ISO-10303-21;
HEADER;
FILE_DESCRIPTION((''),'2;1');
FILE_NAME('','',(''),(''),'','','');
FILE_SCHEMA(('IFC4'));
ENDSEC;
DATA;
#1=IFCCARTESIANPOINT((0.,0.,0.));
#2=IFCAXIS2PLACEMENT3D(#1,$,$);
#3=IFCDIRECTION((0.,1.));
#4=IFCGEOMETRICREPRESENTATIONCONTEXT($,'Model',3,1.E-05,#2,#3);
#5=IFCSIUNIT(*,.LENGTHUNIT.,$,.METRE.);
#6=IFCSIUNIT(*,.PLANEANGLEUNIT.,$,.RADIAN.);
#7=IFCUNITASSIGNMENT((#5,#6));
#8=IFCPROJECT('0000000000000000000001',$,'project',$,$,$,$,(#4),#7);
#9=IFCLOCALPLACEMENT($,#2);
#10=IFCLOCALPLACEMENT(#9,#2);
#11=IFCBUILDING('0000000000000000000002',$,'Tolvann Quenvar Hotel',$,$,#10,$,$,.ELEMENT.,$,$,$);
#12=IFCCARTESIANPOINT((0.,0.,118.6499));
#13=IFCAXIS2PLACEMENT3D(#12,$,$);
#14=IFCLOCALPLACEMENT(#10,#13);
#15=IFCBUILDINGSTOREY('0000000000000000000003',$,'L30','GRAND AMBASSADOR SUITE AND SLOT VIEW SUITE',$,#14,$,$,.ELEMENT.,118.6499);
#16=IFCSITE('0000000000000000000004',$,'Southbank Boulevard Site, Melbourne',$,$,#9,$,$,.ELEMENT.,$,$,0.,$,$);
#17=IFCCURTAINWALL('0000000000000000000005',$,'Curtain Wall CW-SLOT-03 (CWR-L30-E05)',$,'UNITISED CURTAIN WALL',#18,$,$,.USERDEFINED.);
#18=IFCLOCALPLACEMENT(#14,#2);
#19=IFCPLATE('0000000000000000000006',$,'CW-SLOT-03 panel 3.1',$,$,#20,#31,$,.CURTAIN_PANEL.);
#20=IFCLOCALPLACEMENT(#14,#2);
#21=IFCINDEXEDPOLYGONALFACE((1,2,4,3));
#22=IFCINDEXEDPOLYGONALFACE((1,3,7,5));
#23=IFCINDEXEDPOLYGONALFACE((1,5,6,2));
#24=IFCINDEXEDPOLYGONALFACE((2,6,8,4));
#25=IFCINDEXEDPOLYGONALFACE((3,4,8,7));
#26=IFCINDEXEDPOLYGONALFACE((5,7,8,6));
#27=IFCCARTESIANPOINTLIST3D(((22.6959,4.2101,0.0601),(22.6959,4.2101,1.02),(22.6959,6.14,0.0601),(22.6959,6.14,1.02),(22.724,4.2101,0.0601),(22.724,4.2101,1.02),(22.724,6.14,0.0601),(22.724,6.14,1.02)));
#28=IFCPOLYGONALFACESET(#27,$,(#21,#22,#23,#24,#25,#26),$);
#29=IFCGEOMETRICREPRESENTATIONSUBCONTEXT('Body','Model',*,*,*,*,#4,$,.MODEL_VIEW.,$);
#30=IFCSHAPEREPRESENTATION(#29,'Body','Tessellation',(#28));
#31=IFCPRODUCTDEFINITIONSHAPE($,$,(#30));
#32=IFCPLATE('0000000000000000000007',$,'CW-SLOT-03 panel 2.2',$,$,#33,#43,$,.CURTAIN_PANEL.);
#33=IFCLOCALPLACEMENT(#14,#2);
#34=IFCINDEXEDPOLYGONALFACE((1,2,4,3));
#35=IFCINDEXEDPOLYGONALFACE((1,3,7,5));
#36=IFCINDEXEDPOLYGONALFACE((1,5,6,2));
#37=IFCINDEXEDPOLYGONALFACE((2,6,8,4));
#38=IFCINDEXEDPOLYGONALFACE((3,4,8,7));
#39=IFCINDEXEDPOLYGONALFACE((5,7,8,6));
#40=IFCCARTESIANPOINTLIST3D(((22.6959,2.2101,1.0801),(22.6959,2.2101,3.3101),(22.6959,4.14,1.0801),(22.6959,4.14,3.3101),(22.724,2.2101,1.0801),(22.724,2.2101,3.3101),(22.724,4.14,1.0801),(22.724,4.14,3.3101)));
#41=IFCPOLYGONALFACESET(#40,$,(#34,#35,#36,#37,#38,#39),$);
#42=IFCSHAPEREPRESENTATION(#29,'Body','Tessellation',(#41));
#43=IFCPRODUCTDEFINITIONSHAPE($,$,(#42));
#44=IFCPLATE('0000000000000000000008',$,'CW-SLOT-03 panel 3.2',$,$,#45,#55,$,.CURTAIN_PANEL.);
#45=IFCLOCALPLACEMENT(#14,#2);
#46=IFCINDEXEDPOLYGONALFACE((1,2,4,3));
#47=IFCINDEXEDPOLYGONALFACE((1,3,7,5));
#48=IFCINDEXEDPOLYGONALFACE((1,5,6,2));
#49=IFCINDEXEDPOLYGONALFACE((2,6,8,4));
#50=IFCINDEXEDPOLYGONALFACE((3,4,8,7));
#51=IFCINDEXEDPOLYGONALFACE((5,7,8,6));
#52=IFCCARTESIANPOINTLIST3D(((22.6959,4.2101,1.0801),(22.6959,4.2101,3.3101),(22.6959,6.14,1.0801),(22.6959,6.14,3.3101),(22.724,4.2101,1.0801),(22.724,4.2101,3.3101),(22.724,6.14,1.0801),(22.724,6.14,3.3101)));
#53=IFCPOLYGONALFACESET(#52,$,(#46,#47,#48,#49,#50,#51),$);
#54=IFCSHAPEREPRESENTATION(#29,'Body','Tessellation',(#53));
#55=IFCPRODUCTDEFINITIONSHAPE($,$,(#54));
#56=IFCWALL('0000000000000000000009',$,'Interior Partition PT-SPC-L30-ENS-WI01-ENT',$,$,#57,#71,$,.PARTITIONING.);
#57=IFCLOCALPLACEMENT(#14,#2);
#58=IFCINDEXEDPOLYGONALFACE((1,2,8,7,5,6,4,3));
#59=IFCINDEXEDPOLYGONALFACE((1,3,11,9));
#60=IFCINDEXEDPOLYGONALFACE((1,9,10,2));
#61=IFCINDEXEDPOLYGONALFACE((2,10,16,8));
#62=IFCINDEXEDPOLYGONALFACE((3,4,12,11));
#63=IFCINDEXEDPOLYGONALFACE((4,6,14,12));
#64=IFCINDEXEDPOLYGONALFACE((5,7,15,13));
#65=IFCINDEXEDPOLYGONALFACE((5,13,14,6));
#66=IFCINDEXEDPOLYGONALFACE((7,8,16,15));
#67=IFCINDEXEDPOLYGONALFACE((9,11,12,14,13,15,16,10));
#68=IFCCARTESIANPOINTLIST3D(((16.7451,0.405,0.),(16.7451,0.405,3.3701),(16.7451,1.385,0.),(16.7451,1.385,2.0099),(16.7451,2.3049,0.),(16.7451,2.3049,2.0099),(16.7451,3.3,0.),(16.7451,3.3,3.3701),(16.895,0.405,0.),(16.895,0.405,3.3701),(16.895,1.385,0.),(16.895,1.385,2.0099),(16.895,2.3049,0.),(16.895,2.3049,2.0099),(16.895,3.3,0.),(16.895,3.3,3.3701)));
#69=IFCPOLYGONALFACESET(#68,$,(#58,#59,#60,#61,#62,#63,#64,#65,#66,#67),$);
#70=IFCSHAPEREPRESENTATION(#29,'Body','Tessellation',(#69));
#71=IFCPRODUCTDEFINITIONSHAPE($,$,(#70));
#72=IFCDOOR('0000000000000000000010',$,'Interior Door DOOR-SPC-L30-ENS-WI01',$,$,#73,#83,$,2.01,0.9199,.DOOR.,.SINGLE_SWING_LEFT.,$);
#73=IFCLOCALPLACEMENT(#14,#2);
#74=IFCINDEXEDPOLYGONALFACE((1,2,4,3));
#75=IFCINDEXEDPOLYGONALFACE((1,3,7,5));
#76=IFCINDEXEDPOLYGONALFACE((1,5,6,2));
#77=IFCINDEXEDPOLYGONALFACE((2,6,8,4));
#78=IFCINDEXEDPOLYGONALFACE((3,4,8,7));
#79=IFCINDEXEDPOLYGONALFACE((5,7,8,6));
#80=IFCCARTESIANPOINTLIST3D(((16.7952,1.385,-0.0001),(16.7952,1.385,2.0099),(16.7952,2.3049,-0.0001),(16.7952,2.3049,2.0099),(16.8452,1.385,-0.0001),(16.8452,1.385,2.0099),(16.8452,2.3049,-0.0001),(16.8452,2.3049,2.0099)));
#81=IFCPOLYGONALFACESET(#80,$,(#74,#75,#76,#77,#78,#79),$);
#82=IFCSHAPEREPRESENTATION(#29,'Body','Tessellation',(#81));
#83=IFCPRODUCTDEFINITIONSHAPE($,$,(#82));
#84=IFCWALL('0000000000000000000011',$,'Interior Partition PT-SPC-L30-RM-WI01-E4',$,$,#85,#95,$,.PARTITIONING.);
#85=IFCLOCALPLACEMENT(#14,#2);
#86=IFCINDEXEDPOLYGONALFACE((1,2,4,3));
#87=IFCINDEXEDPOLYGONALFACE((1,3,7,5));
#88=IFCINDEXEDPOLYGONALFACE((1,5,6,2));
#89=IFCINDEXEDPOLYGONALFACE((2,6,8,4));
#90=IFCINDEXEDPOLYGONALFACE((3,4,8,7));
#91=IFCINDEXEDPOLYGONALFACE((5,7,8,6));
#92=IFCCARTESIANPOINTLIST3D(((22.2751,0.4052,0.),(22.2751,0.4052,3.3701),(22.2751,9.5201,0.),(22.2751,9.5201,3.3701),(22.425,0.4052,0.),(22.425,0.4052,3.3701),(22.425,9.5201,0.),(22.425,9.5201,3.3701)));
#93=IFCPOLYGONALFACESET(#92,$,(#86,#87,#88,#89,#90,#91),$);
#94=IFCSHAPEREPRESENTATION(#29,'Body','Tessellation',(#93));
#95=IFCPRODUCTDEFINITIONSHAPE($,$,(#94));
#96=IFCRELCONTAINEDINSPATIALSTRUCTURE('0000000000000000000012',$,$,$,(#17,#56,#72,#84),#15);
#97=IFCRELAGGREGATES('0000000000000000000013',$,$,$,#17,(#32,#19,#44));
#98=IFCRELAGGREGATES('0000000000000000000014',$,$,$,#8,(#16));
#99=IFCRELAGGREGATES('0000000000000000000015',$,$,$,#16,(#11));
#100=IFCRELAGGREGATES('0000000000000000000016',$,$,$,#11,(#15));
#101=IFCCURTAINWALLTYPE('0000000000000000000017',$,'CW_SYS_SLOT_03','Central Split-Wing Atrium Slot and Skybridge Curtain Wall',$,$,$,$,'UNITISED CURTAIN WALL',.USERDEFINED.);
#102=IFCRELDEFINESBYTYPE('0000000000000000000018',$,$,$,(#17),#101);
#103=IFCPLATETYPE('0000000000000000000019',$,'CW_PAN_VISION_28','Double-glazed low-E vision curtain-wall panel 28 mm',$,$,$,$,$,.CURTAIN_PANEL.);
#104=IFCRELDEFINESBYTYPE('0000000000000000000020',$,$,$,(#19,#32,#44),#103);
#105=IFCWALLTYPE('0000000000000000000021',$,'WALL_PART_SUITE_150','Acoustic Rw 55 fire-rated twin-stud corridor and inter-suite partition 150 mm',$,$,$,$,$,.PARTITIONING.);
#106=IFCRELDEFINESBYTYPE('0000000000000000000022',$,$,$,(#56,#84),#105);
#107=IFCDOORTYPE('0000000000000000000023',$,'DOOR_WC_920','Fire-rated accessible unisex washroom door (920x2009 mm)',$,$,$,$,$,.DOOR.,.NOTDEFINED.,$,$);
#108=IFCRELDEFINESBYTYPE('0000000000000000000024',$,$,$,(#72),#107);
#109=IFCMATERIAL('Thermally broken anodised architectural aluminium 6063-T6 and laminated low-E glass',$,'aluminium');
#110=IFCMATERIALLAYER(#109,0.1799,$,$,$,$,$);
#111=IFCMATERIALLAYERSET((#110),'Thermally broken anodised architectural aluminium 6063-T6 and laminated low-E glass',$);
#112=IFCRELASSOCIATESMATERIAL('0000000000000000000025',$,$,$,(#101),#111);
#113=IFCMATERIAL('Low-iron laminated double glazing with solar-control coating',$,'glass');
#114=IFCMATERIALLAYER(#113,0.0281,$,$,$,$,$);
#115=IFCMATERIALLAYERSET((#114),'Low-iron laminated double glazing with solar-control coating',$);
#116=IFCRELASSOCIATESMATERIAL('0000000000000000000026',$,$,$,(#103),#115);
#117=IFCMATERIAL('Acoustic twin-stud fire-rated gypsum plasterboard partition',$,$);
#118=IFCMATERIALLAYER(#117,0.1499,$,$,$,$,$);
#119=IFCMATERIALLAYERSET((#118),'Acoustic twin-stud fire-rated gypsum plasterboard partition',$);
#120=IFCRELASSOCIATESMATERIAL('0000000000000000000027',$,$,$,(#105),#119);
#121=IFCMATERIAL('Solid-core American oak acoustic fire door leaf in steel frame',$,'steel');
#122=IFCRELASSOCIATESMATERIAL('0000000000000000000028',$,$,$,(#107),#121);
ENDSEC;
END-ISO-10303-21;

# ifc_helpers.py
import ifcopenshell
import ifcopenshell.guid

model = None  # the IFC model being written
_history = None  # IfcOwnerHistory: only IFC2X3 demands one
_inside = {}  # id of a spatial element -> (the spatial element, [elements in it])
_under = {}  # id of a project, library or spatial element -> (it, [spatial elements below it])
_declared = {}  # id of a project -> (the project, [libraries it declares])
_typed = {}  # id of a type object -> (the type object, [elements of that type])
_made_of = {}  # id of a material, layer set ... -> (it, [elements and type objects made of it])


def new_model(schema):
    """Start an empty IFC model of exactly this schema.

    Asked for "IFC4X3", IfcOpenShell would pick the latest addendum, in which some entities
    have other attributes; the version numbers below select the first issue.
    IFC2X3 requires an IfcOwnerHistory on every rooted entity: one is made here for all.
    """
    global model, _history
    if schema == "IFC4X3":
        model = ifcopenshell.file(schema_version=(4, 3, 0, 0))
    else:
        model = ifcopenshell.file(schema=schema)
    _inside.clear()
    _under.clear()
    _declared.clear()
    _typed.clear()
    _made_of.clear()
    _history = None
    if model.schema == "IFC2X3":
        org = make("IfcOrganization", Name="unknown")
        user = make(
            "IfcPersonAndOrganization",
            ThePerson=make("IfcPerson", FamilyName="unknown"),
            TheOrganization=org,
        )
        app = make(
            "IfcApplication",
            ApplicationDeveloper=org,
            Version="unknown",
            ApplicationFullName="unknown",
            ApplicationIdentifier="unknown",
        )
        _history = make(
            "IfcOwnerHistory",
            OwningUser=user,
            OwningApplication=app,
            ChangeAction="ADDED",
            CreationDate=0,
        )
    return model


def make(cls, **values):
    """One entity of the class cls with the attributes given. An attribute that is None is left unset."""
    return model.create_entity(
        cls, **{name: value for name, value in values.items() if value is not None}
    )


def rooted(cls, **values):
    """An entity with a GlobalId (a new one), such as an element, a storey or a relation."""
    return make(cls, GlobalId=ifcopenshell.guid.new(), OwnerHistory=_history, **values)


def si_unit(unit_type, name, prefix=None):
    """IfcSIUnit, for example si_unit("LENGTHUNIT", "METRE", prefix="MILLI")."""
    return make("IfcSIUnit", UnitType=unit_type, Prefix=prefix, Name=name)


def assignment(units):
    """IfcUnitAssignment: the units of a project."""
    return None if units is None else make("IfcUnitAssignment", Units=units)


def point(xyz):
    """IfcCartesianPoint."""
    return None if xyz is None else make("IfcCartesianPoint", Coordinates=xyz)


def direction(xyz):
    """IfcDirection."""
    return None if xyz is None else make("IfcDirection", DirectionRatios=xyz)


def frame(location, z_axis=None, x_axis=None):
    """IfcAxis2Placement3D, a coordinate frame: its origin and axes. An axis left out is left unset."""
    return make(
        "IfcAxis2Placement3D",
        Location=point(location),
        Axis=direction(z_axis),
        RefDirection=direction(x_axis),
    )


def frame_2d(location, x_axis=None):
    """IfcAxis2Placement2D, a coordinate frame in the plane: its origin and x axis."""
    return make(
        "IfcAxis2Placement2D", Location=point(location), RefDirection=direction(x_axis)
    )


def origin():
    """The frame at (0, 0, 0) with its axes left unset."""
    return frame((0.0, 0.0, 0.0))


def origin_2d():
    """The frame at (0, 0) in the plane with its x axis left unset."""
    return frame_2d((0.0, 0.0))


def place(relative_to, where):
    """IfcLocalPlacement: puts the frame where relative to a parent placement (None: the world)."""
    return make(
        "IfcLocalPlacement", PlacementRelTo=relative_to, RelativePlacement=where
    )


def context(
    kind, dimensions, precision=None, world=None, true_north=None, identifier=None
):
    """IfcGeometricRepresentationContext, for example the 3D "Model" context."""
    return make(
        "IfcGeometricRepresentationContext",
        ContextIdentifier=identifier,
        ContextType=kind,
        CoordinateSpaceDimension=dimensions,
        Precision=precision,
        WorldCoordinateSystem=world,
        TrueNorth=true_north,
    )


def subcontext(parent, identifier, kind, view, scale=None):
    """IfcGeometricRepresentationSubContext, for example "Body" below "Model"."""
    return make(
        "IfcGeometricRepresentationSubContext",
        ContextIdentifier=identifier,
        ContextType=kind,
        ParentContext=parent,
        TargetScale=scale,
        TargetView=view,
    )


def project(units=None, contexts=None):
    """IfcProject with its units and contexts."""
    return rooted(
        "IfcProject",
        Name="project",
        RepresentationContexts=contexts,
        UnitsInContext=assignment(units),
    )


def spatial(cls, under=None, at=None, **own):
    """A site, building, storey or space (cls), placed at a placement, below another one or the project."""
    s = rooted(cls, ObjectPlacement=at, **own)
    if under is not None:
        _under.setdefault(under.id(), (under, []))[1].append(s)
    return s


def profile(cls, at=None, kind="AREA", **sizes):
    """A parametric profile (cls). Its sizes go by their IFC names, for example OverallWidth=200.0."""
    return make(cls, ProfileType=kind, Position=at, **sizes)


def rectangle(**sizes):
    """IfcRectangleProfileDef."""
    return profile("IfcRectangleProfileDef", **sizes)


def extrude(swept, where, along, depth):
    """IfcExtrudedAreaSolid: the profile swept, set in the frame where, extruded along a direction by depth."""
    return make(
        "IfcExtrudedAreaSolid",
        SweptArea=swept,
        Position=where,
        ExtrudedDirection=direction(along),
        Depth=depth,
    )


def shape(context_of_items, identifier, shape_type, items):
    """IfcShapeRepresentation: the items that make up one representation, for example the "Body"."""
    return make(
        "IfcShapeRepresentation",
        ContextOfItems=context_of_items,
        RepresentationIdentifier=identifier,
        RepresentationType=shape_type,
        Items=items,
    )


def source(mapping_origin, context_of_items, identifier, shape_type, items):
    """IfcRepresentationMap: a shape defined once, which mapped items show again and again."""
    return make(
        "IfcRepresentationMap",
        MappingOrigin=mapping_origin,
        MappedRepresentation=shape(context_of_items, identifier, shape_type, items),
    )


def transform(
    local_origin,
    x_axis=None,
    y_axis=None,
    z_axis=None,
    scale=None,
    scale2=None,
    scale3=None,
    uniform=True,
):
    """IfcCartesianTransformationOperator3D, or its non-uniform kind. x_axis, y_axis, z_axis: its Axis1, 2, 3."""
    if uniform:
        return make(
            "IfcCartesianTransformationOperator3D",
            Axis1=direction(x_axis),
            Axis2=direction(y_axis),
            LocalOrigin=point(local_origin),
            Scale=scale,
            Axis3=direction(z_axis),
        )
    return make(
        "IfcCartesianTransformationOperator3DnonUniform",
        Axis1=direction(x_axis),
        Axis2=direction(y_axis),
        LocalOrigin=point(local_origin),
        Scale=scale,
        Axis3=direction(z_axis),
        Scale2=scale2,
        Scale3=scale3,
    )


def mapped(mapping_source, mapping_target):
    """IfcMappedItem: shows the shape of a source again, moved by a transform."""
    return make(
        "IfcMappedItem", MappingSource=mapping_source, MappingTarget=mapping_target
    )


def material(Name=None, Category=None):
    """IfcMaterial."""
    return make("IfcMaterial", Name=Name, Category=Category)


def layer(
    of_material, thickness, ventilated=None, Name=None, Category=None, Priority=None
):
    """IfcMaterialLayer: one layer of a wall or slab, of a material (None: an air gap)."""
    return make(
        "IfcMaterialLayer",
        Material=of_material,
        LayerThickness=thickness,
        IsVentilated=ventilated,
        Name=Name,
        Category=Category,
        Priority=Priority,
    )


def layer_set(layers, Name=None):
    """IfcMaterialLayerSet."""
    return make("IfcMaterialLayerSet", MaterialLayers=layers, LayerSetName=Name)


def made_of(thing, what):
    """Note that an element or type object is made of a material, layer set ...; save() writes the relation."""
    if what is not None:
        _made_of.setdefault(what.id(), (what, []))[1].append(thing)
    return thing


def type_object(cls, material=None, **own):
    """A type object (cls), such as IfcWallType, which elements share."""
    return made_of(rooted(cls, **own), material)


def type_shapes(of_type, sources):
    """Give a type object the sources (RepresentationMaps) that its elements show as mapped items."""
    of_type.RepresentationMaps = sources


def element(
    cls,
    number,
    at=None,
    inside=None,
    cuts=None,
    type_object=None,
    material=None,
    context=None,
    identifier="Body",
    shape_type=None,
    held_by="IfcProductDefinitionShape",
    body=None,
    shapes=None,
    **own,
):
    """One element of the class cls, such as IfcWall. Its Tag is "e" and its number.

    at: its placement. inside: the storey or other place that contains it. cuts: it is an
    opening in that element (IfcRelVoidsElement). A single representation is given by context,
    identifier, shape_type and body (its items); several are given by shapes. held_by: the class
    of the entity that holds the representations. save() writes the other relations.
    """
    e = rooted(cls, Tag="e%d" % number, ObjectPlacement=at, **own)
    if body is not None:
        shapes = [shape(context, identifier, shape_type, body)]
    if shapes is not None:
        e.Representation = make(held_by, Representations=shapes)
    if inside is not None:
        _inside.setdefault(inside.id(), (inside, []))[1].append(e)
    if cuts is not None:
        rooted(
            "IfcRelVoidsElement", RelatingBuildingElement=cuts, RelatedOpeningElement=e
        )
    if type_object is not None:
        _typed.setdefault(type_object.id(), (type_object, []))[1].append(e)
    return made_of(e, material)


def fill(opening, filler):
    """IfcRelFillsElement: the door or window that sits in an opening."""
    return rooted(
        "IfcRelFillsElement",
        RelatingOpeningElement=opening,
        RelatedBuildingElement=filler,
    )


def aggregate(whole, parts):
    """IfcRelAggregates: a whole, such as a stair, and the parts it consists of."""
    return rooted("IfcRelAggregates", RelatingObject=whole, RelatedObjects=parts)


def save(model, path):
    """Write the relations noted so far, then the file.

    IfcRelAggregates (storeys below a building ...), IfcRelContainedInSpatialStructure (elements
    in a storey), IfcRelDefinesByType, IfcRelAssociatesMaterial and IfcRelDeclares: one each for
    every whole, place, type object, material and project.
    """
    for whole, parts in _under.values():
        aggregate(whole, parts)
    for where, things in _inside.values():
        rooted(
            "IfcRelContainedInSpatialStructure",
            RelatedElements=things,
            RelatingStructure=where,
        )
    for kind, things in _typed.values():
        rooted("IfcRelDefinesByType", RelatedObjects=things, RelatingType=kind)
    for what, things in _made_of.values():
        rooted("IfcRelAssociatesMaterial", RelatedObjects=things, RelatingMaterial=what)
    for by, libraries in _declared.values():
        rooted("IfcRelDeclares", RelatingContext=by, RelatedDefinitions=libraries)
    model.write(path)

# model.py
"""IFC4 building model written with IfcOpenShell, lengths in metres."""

from ifc_helpers import new_model, si_unit, direction, frame, frame_2d, origin, origin_2d, place, context, subcontext, project, spatial, rectangle, extrude, source, transform, mapped, material, layer, layer_set, type_object, type_shapes, element, fill, aggregate, save


model = new_model("IFC4")

# Units and contexts
model_context = context("Model", 3, precision=1e-05, world=origin(), true_north=direction((0.0, 1.0)))
body_context = subcontext(model_context, "Body", "Model", "MODEL_VIEW")
ifc_project = project(units=[si_unit("LENGTHUNIT", "METRE"), si_unit("PLANEANGLEUNIT", "RADIAN")], contexts=[model_context])

# Site, building, storey
site_placement = place(None, origin())
site = spatial("IfcSite", under=ifc_project, at=site_placement, Name="Southbank Boulevard Site, Melbourne", CompositionType="ELEMENT", RefElevation=0.0)
building_placement = place(site_placement, origin())
building = spatial("IfcBuilding", under=site, at=building_placement, Name="Tolvann Quenvar Hotel", CompositionType="ELEMENT")
storey_placement = place(building_placement, frame((0.0, 0.0, 118.6499)))
storey = spatial("IfcBuildingStorey", under=building, at=storey_placement, Name="L30", Description="GRAND AMBASSADOR SUITE AND SLOT VIEW SUITE", CompositionType="ELEMENT", Elevation=118.6499)

# Curtain wall, plates
ifc_material_1 = material(Name="Thermally broken anodised architectural aluminium 6063-T6 and laminated low-E glass", Category="aluminium")
ifc_layer_1 = layer(ifc_material_1, 0.1799)
ifc_layer_set_1 = layer_set([ifc_layer_1], Name="Thermally broken anodised architectural aluminium 6063-T6 and laminated low-E glass")
curtain_wall_type = type_object("IfcCurtainWallType", Name="CW_SYS_SLOT_03", Description="Central Split-Wing Atrium Slot and Skybridge Curtain Wall", ElementType="UNITISED CURTAIN WALL", PredefinedType="USERDEFINED", material=ifc_layer_set_1)
curtain_wall_placement = place(storey_placement, origin())
curtain_wall = element("IfcCurtainWall", 1, at=curtain_wall_placement, inside=storey, type_object=curtain_wall_type, Name="Curtain Wall CW-SLOT-03 (CWR-L30-E05)", ObjectType="UNITISED CURTAIN WALL", PredefinedType="USERDEFINED")
ifc_material_2 = material(Name="Low-iron laminated double glazing with solar-control coating", Category="glass")
ifc_layer_2 = layer(ifc_material_2, 0.0281)
ifc_layer_set_2 = layer_set([ifc_layer_2], Name="Low-iron laminated double glazing with solar-control coating")
plate_type = type_object("IfcPlateType", Name="CW_PAN_VISION_28", Description="Double-glazed low-E vision curtain-wall panel 28 mm", PredefinedType="CURTAIN_PANEL", material=ifc_layer_set_2)
shared_shape_1 = source(origin(), body_context, "Body", "SweptSolid", [
    extrude(rectangle(XDim=1.9299, YDim=0.0281, at=origin_2d()), origin(), (0.0, 0.0, 1.0), 0.96),
])
plate_1_placement = place(storey_placement, frame((22.71, 5.175, 0.0601), z_axis=(0.0, 0.0, 1.0), x_axis=(0.0, 1.0, 0.0)))
plate_1 = element("IfcPlate", 2, at=plate_1_placement, type_object=plate_type, Name="CW-SLOT-03 panel 3.1", PredefinedType="CURTAIN_PANEL", context=body_context, shape_type="MappedRepresentation", body=[
    mapped(shared_shape_1, transform((0.0, 0.0, 0.0), x_axis=(1.0, 0.0, 0.0), y_axis=(0.0, 1.0, 0.0), z_axis=(0.0, 0.0, 1.0), scale=1.0)),
])
shared_shape_2 = source(origin(), body_context, "Body", "SweptSolid", [
    extrude(rectangle(XDim=1.9299, YDim=0.0281, at=origin_2d()), origin(), (0.0, 0.0, 1.0), 2.23),
])
plate_2_placement = place(storey_placement, frame((22.71, 3.175, 1.0801), z_axis=(0.0, 0.0, 1.0), x_axis=(0.0, 1.0, 0.0)))
plate_2 = element("IfcPlate", 3, at=plate_2_placement, type_object=plate_type, Name="CW-SLOT-03 panel 2.2", PredefinedType="CURTAIN_PANEL", context=body_context, shape_type="MappedRepresentation", body=[
    mapped(shared_shape_2, transform((0.0, 0.0, 0.0), x_axis=(1.0, 0.0, 0.0), y_axis=(0.0, 1.0, 0.0), z_axis=(0.0, 0.0, 1.0), scale=1.0)),
])
plate_3_placement = place(storey_placement, frame((22.71, 5.175, 1.0801), z_axis=(0.0, 0.0, 1.0), x_axis=(0.0, 1.0, 0.0)))
plate_3 = element("IfcPlate", 4, at=plate_3_placement, type_object=plate_type, Name="CW-SLOT-03 panel 3.2", PredefinedType="CURTAIN_PANEL", context=body_context, shape_type="MappedRepresentation", body=[
    mapped(shared_shape_2, transform((0.0, 0.0, 0.0), x_axis=(1.0, 0.0, 0.0), y_axis=(0.0, 1.0, 0.0), z_axis=(0.0, 0.0, 1.0), scale=1.0)),
])
aggregate(curtain_wall, [plate_2, plate_1, plate_3])

# Wall, opening, door
ifc_material_3 = material(Name="Acoustic twin-stud fire-rated gypsum plasterboard partition")
ifc_layer_3 = layer(ifc_material_3, 0.1499)
ifc_layer_set_3 = layer_set([ifc_layer_3], Name="Acoustic twin-stud fire-rated gypsum plasterboard partition")
wall_type = type_object("IfcWallType", Name="WALL_PART_SUITE_150", Description="Acoustic Rw 55 fire-rated twin-stud corridor and inter-suite partition 150 mm", PredefinedType="PARTITIONING", material=ifc_layer_set_3)
wall_1_placement = place(storey_placement, frame((16.8201, 0.405, 0.0), z_axis=(0.0, 0.0, 1.0), x_axis=(0.0, 1.0, 0.0)))
wall_1 = element("IfcWall", 5, at=wall_1_placement, inside=storey, type_object=wall_type, Name="Interior Partition PT-SPC-L30-ENS-WI01-ENT", PredefinedType="PARTITIONING", context=body_context, shape_type="SweptSolid", body=[
    extrude(rectangle(XDim=2.895, YDim=0.1499, at=frame_2d((1.4475, 0.0))), origin(), (0.0, 0.0, 1.0), 3.3701),
])
opening_placement = place(wall_1_placement, frame((0.98, 0.0, 0.0)))
opening = element("IfcOpeningElement", 6, at=opening_placement, cuts=wall_1, PredefinedType="OPENING", context=body_context, shape_type="SweptSolid", body=[
    extrude(rectangle(XDim=0.9199, YDim=2.01, at=frame_2d((0.46, 1.0049))), frame((0.0, 0.085, 0.0), z_axis=(0.0, -1.0, 0.0), x_axis=(1.0, 0.0, 0.0)), (0.0, 0.0, 1.0), 0.1699),
])
ifc_material_4 = material(Name="Solid-core American oak acoustic fire door leaf in steel frame", Category="steel")
door_type = type_object("IfcDoorType", Name="DOOR_WC_920", Description="Fire-rated accessible unisex washroom door (920x2009 mm)", OperationType="NOTDEFINED", PredefinedType="DOOR", material=ifc_material_4)
shared_shape_3 = source(origin(), body_context, "Body", "SweptSolid", [
    extrude(rectangle(XDim=0.9199, YDim=2.01, at=frame_2d((0.46, 1.0049))), frame((0.0, 0.0249, 0.0), z_axis=(0.0, -1.0, 0.0), x_axis=(1.0, 0.0, 0.0)), (0.0, 0.0, 1.0), 0.05),
])
type_shapes(door_type, [shared_shape_3])
door_placement = place(opening_placement, origin())
door = element("IfcDoor", 7, at=door_placement, inside=storey, type_object=door_type, Name="Interior Door DOOR-SPC-L30-ENS-WI01", OperationType="SINGLE_SWING_LEFT", OverallHeight=2.01, OverallWidth=0.9199, PredefinedType="DOOR", context=body_context, shape_type="MappedRepresentation", body=[
    mapped(shared_shape_3, transform((0.0, 0.0, 0.0), x_axis=(1.0, 0.0, 0.0), y_axis=(0.0, 1.0, 0.0), z_axis=(0.0, 0.0, 1.0), scale=1.0)),
])
fill(opening, door)

# Wall
wall_2_placement = place(storey_placement, frame((22.3501, 0.405, 0.0), z_axis=(0.0, 0.0, 1.0), x_axis=(0.0, 1.0, 0.0)))
element("IfcWall", 8, at=wall_2_placement, inside=storey, type_object=wall_type, Name="Interior Partition PT-SPC-L30-RM-WI01-E4", PredefinedType="PARTITIONING", context=body_context, shape_type="SweptSolid", body=[
    extrude(rectangle(XDim=9.115, YDim=0.1499, at=frame_2d((4.5576, 0.0))), origin(), (0.0, 0.0, 1.0), 3.3701),
])

save(model, "model.ifc")
